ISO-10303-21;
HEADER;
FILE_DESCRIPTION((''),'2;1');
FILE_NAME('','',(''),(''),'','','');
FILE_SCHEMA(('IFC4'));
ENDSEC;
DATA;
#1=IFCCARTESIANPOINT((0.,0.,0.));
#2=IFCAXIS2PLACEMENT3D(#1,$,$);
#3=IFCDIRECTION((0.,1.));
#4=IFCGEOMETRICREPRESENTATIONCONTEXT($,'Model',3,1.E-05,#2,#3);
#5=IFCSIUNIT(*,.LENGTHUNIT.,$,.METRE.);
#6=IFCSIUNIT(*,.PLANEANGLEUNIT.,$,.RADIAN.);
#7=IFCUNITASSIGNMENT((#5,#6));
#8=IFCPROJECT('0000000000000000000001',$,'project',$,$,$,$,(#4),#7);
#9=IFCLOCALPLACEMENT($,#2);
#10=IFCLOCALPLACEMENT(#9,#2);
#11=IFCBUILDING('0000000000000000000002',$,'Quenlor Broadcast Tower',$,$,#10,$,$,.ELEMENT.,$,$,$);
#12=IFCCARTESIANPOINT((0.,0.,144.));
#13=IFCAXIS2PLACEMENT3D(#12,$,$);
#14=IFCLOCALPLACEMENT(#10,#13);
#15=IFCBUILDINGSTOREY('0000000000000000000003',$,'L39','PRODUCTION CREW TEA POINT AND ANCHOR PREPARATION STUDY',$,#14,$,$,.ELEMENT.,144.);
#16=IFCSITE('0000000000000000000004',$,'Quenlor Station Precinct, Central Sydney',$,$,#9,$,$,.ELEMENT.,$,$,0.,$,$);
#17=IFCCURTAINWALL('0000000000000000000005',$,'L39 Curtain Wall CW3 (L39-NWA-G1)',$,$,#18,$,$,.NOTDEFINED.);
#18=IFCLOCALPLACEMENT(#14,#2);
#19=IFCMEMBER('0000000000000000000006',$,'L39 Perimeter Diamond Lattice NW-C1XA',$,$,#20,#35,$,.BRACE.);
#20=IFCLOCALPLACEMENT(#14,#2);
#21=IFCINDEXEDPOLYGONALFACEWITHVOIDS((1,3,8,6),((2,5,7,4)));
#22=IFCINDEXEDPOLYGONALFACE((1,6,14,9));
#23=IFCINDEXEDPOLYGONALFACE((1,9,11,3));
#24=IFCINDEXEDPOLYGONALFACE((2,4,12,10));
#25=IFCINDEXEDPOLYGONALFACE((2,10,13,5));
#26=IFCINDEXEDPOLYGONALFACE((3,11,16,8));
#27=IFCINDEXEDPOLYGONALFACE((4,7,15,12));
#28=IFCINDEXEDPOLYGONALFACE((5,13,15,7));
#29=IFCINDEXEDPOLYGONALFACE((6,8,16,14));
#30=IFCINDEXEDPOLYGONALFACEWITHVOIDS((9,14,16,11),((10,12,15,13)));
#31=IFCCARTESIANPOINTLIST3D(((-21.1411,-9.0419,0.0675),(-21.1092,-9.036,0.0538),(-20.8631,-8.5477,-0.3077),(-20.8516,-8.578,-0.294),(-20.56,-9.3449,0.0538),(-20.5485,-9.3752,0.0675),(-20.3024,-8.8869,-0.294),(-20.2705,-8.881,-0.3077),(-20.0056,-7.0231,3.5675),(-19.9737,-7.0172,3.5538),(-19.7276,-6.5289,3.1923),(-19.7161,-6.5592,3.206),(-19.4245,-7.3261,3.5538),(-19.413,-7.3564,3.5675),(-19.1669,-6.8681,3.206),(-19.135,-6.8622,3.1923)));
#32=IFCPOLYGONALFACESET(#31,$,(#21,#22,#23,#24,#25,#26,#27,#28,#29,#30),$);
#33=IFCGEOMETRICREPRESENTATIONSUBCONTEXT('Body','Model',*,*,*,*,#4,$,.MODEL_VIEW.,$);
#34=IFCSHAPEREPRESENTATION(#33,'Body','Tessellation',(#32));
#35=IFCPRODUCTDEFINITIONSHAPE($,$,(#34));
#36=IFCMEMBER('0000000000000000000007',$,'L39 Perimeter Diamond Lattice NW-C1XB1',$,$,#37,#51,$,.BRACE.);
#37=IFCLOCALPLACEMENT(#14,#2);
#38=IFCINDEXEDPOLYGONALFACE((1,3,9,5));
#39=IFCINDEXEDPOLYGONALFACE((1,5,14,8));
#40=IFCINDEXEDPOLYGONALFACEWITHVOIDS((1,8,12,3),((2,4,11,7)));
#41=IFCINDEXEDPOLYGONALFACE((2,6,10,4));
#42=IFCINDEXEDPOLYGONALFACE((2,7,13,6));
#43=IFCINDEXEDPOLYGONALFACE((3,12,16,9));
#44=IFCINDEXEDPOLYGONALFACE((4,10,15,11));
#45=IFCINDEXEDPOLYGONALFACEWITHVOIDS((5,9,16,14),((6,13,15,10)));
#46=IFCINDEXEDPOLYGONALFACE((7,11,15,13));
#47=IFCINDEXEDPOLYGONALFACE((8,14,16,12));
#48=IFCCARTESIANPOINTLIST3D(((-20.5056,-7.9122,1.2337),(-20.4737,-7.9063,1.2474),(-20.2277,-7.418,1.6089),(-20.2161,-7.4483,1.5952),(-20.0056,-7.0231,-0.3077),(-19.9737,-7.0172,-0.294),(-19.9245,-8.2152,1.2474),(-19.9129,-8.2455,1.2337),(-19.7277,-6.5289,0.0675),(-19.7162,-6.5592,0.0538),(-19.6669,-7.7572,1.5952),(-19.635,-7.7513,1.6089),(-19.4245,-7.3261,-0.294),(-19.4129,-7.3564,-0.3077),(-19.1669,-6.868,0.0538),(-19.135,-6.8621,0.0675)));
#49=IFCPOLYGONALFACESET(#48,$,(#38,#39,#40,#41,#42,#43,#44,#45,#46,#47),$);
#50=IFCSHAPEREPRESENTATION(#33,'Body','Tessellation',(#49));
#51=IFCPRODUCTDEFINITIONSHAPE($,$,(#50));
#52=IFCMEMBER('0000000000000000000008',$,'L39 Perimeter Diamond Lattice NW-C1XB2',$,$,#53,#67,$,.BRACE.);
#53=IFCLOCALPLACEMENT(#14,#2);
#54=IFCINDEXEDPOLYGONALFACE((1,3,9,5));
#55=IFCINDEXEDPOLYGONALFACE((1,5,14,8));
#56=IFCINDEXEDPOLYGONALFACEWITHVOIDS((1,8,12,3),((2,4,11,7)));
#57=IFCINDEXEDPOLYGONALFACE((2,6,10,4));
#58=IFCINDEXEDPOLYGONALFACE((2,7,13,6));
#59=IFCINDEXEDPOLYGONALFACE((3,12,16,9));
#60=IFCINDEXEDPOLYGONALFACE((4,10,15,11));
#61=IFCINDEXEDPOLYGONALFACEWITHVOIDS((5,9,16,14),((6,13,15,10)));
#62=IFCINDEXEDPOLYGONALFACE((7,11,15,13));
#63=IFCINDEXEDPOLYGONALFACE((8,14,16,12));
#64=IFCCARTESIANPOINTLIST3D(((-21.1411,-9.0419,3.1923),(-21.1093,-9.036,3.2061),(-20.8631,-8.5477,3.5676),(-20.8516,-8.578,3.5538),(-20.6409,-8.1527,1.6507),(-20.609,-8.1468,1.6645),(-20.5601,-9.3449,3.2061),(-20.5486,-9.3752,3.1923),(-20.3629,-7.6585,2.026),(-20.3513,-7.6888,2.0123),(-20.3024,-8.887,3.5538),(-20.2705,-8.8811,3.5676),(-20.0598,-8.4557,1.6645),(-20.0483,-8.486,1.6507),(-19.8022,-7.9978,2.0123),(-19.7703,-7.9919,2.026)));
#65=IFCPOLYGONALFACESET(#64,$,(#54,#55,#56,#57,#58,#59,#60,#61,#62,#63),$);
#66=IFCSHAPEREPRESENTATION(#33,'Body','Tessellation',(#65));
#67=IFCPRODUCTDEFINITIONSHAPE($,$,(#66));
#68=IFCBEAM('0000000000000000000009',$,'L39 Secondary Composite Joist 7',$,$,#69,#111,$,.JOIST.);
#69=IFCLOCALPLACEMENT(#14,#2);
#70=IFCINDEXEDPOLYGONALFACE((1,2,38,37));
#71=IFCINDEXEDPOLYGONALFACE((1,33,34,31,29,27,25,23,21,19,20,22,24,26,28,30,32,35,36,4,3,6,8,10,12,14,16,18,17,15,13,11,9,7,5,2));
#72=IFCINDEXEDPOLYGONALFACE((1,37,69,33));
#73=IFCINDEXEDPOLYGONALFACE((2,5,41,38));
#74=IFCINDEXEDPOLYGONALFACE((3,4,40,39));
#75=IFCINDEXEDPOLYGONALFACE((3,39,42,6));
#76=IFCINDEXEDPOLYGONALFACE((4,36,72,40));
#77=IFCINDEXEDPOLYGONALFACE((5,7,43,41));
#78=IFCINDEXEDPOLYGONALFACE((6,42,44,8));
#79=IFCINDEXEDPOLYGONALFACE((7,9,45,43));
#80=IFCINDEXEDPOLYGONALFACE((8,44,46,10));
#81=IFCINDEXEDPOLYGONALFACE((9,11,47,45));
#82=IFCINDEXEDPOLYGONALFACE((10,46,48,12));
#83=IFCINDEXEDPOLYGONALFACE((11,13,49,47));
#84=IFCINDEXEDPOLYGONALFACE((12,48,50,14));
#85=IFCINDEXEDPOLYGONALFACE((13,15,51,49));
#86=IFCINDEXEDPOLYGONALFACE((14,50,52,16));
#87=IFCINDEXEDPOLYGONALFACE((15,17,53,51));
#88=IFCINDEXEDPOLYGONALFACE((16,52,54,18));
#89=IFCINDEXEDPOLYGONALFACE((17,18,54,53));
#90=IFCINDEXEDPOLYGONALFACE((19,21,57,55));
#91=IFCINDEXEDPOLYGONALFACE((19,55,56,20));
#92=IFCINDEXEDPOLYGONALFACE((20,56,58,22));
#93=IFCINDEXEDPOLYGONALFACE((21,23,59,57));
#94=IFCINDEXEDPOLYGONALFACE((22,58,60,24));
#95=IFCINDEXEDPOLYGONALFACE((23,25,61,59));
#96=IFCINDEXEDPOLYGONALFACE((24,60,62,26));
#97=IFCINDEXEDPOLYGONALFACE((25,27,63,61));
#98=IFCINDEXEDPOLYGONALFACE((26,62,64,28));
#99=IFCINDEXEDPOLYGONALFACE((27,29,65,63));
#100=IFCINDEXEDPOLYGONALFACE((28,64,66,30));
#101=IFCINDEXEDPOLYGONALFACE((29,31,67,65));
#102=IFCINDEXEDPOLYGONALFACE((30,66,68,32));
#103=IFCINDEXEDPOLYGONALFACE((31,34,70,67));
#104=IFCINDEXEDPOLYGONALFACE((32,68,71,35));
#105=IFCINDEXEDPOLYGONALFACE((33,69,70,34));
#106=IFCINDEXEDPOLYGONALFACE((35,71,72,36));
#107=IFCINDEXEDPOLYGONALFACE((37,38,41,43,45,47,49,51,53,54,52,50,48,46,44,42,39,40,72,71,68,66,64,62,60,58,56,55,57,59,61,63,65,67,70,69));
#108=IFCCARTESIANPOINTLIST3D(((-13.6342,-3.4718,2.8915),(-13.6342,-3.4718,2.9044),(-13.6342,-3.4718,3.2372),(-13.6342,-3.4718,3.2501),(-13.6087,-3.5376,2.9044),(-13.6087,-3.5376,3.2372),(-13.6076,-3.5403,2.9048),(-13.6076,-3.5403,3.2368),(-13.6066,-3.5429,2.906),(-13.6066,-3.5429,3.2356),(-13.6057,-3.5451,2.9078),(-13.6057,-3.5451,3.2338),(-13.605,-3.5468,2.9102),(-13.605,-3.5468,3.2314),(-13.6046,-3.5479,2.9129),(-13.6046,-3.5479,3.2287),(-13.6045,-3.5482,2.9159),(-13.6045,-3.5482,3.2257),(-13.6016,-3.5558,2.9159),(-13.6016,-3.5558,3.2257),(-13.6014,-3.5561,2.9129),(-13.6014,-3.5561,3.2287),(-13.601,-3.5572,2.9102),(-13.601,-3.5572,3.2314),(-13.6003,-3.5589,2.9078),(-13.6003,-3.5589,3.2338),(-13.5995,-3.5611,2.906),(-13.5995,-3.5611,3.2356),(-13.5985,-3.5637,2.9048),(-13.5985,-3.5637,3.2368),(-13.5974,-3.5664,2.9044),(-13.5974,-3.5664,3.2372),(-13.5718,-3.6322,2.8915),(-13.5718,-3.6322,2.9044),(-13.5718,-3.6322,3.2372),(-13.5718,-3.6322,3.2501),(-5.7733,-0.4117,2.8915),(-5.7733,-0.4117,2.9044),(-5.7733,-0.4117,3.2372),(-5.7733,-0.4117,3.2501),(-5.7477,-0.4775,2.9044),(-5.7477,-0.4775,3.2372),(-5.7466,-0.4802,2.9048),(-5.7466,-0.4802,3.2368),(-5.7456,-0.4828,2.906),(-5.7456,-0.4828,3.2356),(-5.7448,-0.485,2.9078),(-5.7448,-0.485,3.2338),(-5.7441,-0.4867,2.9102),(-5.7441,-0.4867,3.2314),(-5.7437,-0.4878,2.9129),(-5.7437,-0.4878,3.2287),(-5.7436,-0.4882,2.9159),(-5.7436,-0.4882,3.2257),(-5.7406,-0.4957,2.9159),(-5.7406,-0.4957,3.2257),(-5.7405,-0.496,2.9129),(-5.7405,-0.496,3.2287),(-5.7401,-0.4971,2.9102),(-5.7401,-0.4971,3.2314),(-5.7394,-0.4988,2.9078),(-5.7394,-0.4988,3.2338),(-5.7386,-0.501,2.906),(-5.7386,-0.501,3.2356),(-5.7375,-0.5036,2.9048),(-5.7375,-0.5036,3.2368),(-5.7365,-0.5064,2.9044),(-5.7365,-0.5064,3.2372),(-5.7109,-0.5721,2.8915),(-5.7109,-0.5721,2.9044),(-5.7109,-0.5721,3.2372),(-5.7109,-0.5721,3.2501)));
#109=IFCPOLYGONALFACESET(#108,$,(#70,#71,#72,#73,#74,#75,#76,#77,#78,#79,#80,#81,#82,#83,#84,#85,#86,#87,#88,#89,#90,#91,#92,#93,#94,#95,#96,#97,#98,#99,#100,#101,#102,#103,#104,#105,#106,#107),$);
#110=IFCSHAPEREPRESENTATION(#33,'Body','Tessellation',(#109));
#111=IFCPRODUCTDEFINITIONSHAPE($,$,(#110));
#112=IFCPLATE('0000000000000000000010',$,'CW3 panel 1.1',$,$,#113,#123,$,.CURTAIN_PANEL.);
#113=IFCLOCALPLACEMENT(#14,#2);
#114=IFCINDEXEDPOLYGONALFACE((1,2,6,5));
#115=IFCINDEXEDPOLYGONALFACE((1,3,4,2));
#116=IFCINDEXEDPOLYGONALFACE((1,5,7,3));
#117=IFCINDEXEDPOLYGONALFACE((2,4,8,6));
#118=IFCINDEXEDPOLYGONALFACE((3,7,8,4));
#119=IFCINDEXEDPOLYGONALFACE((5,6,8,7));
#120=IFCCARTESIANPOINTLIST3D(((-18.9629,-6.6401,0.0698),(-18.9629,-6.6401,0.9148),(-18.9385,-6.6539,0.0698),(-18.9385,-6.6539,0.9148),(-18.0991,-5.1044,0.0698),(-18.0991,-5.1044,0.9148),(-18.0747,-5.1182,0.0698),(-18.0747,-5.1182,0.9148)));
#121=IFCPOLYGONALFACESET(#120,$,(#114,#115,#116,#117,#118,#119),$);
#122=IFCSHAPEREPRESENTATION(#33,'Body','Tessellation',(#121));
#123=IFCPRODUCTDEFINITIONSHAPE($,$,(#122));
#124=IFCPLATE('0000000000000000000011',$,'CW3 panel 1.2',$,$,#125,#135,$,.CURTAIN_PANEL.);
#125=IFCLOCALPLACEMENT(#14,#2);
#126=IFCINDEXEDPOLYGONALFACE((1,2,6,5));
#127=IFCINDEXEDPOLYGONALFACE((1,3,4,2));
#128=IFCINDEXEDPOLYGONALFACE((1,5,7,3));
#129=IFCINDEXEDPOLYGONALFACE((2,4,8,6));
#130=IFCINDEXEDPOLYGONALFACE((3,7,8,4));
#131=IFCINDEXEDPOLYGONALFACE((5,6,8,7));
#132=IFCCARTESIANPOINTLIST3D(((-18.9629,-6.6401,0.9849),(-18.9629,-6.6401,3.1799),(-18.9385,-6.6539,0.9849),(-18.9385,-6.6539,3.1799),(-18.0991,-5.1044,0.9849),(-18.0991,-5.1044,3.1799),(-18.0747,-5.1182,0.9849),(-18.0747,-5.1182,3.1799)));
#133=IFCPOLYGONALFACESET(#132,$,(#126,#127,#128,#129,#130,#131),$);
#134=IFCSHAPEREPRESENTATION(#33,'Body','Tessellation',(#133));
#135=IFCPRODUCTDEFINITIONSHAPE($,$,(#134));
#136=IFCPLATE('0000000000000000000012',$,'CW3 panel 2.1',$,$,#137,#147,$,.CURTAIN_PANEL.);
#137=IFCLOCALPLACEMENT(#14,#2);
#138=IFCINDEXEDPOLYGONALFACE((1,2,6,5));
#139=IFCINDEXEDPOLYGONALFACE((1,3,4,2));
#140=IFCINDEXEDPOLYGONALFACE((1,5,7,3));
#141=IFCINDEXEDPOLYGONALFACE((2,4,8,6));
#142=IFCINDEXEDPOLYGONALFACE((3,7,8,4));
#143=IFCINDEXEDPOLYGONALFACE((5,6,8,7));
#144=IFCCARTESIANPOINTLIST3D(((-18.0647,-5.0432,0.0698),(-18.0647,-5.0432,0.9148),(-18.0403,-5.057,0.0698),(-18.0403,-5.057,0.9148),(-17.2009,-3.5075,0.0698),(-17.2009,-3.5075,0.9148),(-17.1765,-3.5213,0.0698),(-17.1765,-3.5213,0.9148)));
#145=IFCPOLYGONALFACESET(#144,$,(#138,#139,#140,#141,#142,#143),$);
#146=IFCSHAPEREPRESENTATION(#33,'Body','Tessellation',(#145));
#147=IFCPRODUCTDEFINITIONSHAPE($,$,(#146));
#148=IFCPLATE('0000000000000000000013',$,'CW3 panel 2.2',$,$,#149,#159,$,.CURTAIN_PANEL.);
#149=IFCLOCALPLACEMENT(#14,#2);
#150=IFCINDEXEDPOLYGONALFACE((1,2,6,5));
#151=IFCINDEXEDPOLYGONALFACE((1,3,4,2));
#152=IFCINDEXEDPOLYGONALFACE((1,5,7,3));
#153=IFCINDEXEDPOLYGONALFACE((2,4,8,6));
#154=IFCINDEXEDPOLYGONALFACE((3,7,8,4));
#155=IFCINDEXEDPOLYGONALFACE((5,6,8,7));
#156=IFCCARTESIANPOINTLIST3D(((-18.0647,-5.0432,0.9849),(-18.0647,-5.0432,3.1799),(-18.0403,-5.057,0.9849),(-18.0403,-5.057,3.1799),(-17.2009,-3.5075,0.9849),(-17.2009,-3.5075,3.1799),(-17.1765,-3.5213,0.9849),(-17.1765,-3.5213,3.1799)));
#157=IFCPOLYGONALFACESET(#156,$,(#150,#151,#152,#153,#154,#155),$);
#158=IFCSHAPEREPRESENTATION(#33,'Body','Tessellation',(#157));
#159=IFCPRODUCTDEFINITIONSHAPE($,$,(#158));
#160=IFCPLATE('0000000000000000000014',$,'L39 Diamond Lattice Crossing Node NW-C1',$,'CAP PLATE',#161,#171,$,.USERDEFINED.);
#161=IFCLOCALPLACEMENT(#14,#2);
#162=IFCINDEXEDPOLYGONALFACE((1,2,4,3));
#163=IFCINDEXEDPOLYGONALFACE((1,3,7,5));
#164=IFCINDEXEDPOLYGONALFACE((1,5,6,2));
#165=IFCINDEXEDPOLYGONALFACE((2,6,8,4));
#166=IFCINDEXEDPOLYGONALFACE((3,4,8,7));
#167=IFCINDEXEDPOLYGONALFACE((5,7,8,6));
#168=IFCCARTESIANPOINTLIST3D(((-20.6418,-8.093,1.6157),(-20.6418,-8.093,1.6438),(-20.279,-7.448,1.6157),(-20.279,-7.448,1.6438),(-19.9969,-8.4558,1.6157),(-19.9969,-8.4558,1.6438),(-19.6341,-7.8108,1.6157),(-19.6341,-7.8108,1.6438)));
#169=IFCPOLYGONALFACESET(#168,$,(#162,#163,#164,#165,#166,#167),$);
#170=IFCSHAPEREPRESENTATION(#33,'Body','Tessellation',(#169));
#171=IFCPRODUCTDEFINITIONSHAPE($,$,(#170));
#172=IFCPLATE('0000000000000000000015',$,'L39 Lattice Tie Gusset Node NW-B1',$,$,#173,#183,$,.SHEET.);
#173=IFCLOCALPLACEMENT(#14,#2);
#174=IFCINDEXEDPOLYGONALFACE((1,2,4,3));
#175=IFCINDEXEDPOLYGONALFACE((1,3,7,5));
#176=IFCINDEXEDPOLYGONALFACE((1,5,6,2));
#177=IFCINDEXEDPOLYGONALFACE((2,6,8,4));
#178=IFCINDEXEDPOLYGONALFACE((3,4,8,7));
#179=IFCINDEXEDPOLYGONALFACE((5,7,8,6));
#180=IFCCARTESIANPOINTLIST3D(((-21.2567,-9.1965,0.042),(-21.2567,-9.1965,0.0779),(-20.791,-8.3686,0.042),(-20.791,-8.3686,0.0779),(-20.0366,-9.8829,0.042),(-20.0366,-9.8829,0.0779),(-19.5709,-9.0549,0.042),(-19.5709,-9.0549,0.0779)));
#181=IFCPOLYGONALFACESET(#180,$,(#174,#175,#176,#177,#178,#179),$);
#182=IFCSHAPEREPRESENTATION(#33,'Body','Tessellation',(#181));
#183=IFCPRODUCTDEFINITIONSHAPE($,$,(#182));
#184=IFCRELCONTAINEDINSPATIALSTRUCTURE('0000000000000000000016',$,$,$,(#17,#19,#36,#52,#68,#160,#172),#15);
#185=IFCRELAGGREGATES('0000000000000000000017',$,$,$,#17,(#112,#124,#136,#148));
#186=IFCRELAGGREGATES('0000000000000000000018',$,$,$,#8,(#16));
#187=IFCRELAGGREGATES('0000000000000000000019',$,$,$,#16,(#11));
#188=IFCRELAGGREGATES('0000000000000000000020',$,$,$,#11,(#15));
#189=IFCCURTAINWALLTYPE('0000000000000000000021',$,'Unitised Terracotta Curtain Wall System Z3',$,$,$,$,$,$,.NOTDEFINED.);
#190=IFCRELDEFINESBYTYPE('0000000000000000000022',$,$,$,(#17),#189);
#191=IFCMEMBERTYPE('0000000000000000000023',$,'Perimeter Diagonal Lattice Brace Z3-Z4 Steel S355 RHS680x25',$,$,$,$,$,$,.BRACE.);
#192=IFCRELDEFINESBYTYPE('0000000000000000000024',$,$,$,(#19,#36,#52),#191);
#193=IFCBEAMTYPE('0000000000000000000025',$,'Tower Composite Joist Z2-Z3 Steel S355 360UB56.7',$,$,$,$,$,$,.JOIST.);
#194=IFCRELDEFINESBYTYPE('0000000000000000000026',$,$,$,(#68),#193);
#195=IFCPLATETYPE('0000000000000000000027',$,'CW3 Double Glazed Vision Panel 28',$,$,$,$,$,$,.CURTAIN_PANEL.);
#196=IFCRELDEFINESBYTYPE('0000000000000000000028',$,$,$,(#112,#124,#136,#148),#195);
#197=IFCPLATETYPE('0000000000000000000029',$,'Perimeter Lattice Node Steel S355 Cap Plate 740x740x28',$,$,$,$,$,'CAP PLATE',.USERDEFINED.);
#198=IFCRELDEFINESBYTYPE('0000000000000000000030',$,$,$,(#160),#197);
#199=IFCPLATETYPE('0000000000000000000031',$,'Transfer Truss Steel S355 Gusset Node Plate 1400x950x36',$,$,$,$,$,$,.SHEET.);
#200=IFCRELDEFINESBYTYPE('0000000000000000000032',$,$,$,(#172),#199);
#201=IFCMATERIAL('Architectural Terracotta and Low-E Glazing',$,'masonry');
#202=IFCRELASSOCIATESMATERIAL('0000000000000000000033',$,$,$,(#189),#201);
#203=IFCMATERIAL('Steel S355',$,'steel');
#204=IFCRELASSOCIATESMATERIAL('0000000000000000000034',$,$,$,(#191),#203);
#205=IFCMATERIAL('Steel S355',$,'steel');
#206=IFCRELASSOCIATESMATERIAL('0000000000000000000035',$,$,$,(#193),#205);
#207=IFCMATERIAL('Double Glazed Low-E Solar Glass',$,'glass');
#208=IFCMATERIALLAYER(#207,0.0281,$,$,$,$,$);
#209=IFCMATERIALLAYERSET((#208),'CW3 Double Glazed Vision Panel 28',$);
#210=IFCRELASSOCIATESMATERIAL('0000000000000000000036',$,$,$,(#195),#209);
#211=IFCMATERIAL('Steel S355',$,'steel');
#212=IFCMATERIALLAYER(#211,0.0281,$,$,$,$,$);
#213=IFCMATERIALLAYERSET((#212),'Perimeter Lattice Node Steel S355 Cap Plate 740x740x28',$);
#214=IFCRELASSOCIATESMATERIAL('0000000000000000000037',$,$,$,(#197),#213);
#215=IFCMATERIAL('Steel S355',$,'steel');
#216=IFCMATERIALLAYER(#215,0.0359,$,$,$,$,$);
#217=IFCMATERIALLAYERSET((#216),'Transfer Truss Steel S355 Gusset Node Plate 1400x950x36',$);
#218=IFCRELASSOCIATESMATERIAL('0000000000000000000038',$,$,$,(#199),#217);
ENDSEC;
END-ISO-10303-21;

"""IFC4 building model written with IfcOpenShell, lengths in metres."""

from ifc_helpers import new_model, si_unit, direction, frame, origin, origin_2d, place, context, subcontext, project, spatial, rectangle, hollow_rectangle, i_section, extrude, material, layer, layer_set, material_profile, profile_set, type_object, element, aggregate, save


model = new_model("IFC4")

# Units and contexts
model_context = context("Model", 3, precision=1e-05, world=origin(), true_north=direction((0.0, 1.0)))
body_context = subcontext(model_context, "Body", "Model", "MODEL_VIEW")
ifc_project = project(units=[si_unit("LENGTHUNIT", "METRE"), si_unit("PLANEANGLEUNIT", "RADIAN")], contexts=[model_context])

# Site, building, storey
site_placement = place(None, origin())
site = spatial("IfcSite", under=ifc_project, at=site_placement, Name="Quenlor Station Precinct, Central Sydney", CompositionType="ELEMENT", RefElevation=0.0)
building_placement = place(site_placement, origin())
building = spatial("IfcBuilding", under=site, at=building_placement, Name="Quenlor Broadcast Tower", CompositionType="ELEMENT")
storey_placement = place(building_placement, frame((0.0, 0.0, 144.0)))
storey = spatial("IfcBuildingStorey", under=building, at=storey_placement, Name="L39", Description="PRODUCTION CREW TEA POINT AND ANCHOR PREPARATION STUDY", CompositionType="ELEMENT", Elevation=144.0)

# Curtain wall
ifc_material_1 = material(Name="Architectural Terracotta and Low-E Glazing", Category="masonry")
curtain_wall_type = type_object("IfcCurtainWallType", Name="Unitised Terracotta Curtain Wall System Z3", PredefinedType="NOTDEFINED", material=ifc_material_1)
curtain_wall_placement = place(storey_placement, origin())
curtain_wall = element("IfcCurtainWall", 1, at=curtain_wall_placement, inside=storey, type_object=curtain_wall_type, Name="L39 Curtain Wall CW3 (L39-NWA-G1)", PredefinedType="NOTDEFINED")

# Members
ifc_material_2 = material(Name="Steel S355", Category="steel")
ifc_material_profile_1 = material_profile(ifc_material_2, hollow_rectangle(XDim=0.6799, YDim=0.6799, WallThickness=0.0249, at=origin_2d()))
ifc_profile_set_1 = profile_set([ifc_material_profile_1], Name="Steel S355 RHS680x680x25")
member_type_1 = type_object("IfcMemberType", Name="Perimeter Diagonal Lattice Brace Z3-Z4 Steel S355 RHS680x25", PredefinedType="BRACE", material=ifc_profile_set_1)
member_1_placement = place(storey_placement, frame((-20.7058, -8.9614, -0.1201), z_axis=(0.270549, 0.481009, 0.833927), x_axis=(-0.87159, 0.490236, 0.0)))
element("IfcMember", 2, at=member_1_placement, inside=storey, type_object=member_type_1, Name="L39 Perimeter Diamond Lattice NW-C1XA", PredefinedType="BRACE", context=body_context, shape_type="SweptSolid", body=[
    extrude(hollow_rectangle(XDim=0.6799, YDim=0.6799, WallThickness=0.0249, at=origin_2d()), origin(), (0.0, 0.0, 1.0), 4.197),
])
member_2_placement = place(storey_placement, frame((-19.5703, -6.9426, -0.1201), z_axis=(-0.270494, -0.481025, 0.833935), x_axis=(0.871639, -0.490148, 0.0)))
element("IfcMember", 3, at=member_2_placement, inside=storey, type_object=member_type_1, Name="L39 Perimeter Diamond Lattice NW-C1XB1", PredefinedType="BRACE", context=body_context, shape_type="SweptSolid", body=[
    extrude(hollow_rectangle(XDim=0.6799, YDim=0.6799, WallThickness=0.0249, at=origin_2d()), origin(), (0.0, 0.0, 1.0), 1.8484),
])
member_3_placement = place(storey_placement, frame((-20.2056, -8.0723, 1.8384), z_axis=(-0.270616, -0.481008, 0.833905), x_axis=(0.871537, -0.490329, 0.0)))
element("IfcMember", 4, at=member_3_placement, inside=storey, type_object=member_type_1, Name="L39 Perimeter Diamond Lattice NW-C1XB2", PredefinedType="BRACE", context=body_context, shape_type="SweptSolid", body=[
    extrude(hollow_rectangle(XDim=0.6799, YDim=0.6799, WallThickness=0.0249, at=origin_2d()), origin(), (0.0, 0.0, 1.0), 1.8486),
])

# Beam
ifc_material_3 = material(Name="Steel S355", Category="steel")
ifc_material_profile_2 = material_profile(ifc_material_3, i_section(OverallWidth=0.1721, OverallDepth=0.3586, WebThickness=0.0081, FlangeThickness=0.0129, FilletRadius=0.0115, at=origin_2d()))
ifc_profile_set_2 = profile_set([ifc_material_profile_2], Name="Steel S355 360UB56.7")
beam_type_1 = type_object("IfcBeamType", Name="Tower Composite Joist Z2-Z3 Steel S355 360UB56.7", PredefinedType="JOIST", material=ifc_profile_set_2)
beam_1_placement = place(storey_placement, frame((-13.603, -3.552, 3.0708), z_axis=(0.931882, 0.362762, 0.0), x_axis=(-0.362762, 0.931882, 0.0)))
element("IfcBeam", 5, at=beam_1_placement, inside=storey, type_object=beam_type_1, Name="L39 Secondary Composite Joist 7", PredefinedType="JOIST", context=body_context, shape_type="SweptSolid", body=[
    extrude(i_section(OverallWidth=0.1721, OverallDepth=0.3586, WebThickness=0.0081, FlangeThickness=0.0129, FilletRadius=0.0115, at=origin_2d()), origin(), (0.0, 0.0, 1.0), 8.4355),
])

# Plates
ifc_material_4 = material(Name="Double Glazed Low-E Solar Glass", Category="glass")
ifc_layer_1 = layer(ifc_material_4, 0.0281)
ifc_layer_set_1 = layer_set([ifc_layer_1], Name="CW3 Double Glazed Vision Panel 28")
plate_type_1 = type_object("IfcPlateType", Name="CW3 Double Glazed Vision Panel 28", PredefinedType="CURTAIN_PANEL", material=ifc_layer_set_1)
plate_1_placement = place(storey_placement, frame((-18.5188, -5.8792, 0.0698), z_axis=(0.0, 0.0, 1.0), x_axis=(0.490259, 0.871577, 0.0)))
plate_1 = element("IfcPlate", 6, at=plate_1_placement, type_object=plate_type_1, Name="CW3 panel 1.1", PredefinedType="CURTAIN_PANEL", context=body_context, shape_type="SweptSolid", body=[
    extrude(rectangle(XDim=1.762, YDim=0.0281, at=origin_2d()), origin(), (0.0, 0.0, 1.0), 0.845),
])
plate_2_placement = place(storey_placement, frame((-18.5188, -5.8792, 0.9849), z_axis=(0.0, 0.0, 1.0), x_axis=(0.490259, 0.871577, 0.0)))
plate_2 = element("IfcPlate", 7, at=plate_2_placement, type_object=plate_type_1, Name="CW3 panel 1.2", PredefinedType="CURTAIN_PANEL", context=body_context, shape_type="SweptSolid", body=[
    extrude(rectangle(XDim=1.762, YDim=0.0281, at=origin_2d()), origin(), (0.0, 0.0, 1.0), 2.1951),
])
plate_3_placement = place(storey_placement, frame((-17.6206, -4.2822, 0.0698), z_axis=(0.0, 0.0, 1.0), x_axis=(0.490259, 0.871577, 0.0)))
plate_3 = element("IfcPlate", 8, at=plate_3_placement, type_object=plate_type_1, Name="CW3 panel 2.1", PredefinedType="CURTAIN_PANEL", context=body_context, shape_type="SweptSolid", body=[
    extrude(rectangle(XDim=1.762, YDim=0.0281, at=origin_2d()), origin(), (0.0, 0.0, 1.0), 0.845),
])
plate_4_placement = place(storey_placement, frame((-17.6206, -4.2822, 0.9849), z_axis=(0.0, 0.0, 1.0), x_axis=(0.490259, 0.871577, 0.0)))
plate_4 = element("IfcPlate", 9, at=plate_4_placement, type_object=plate_type_1, Name="CW3 panel 2.2", PredefinedType="CURTAIN_PANEL", context=body_context, shape_type="SweptSolid", body=[
    extrude(rectangle(XDim=1.762, YDim=0.0281, at=origin_2d()), origin(), (0.0, 0.0, 1.0), 2.1951),
])
aggregate(curtain_wall, [plate_1, plate_2, plate_3, plate_4])

# Plates
ifc_material_5 = material(Name="Steel S355", Category="steel")
ifc_layer_2 = layer(ifc_material_5, 0.0281)
ifc_layer_set_2 = layer_set([ifc_layer_2], Name="Perimeter Lattice Node Steel S355 Cap Plate 740x740x28")
plate_type_2 = type_object("IfcPlateType", Name="Perimeter Lattice Node Steel S355 Cap Plate 740x740x28", ElementType="CAP PLATE", PredefinedType="USERDEFINED", material=ifc_layer_set_2)
plate_5_placement = place(storey_placement, frame((-20.1379, -7.9519, 1.6157), z_axis=(0.0, 0.0, 1.0), x_axis=(0.490295, 0.871556, 0.0)))
element("IfcPlate", 10, at=plate_5_placement, inside=storey, type_object=plate_type_2, Name="L39 Diamond Lattice Crossing Node NW-C1", ObjectType="CAP PLATE", PredefinedType="USERDEFINED", context=body_context, shape_type="SweptSolid", body=[
    extrude(rectangle(XDim=0.74, YDim=0.74, at=origin_2d()), origin(), (0.0, 0.0, 1.0), 0.0281),
])
ifc_material_6 = material(Name="Steel S355", Category="steel")
ifc_layer_3 = layer(ifc_material_6, 0.0359)
ifc_layer_set_3 = layer_set([ifc_layer_3], Name="Transfer Truss Steel S355 Gusset Node Plate 1400x950x36")
plate_type_3 = type_object("IfcPlateType", Name="Transfer Truss Steel S355 Gusset Node Plate 1400x950x36", PredefinedType="SHEET", material=ifc_layer_set_3)
for number, where, z_axis, x_axis, name in (
    (11, (-20.4138, -9.1257, 0.042), (0.0, 0.0, 1.0), (-0.871556, 0.490295, 0.0), "L39 Lattice Tie Gusset Node NW-B1"),
):
    element("IfcPlate", number, at=place(storey_placement, frame(where, z_axis=z_axis, x_axis=x_axis)), inside=storey, type_object=plate_type_3, Name=name, PredefinedType="SHEET", context=body_context, shape_type="SweptSolid", body=[
        extrude(rectangle(XDim=1.3999, YDim=0.95, at=origin_2d()), origin(), (0.0, 0.0, 1.0), 0.0359),
    ])

save(model, "model.ifc")
